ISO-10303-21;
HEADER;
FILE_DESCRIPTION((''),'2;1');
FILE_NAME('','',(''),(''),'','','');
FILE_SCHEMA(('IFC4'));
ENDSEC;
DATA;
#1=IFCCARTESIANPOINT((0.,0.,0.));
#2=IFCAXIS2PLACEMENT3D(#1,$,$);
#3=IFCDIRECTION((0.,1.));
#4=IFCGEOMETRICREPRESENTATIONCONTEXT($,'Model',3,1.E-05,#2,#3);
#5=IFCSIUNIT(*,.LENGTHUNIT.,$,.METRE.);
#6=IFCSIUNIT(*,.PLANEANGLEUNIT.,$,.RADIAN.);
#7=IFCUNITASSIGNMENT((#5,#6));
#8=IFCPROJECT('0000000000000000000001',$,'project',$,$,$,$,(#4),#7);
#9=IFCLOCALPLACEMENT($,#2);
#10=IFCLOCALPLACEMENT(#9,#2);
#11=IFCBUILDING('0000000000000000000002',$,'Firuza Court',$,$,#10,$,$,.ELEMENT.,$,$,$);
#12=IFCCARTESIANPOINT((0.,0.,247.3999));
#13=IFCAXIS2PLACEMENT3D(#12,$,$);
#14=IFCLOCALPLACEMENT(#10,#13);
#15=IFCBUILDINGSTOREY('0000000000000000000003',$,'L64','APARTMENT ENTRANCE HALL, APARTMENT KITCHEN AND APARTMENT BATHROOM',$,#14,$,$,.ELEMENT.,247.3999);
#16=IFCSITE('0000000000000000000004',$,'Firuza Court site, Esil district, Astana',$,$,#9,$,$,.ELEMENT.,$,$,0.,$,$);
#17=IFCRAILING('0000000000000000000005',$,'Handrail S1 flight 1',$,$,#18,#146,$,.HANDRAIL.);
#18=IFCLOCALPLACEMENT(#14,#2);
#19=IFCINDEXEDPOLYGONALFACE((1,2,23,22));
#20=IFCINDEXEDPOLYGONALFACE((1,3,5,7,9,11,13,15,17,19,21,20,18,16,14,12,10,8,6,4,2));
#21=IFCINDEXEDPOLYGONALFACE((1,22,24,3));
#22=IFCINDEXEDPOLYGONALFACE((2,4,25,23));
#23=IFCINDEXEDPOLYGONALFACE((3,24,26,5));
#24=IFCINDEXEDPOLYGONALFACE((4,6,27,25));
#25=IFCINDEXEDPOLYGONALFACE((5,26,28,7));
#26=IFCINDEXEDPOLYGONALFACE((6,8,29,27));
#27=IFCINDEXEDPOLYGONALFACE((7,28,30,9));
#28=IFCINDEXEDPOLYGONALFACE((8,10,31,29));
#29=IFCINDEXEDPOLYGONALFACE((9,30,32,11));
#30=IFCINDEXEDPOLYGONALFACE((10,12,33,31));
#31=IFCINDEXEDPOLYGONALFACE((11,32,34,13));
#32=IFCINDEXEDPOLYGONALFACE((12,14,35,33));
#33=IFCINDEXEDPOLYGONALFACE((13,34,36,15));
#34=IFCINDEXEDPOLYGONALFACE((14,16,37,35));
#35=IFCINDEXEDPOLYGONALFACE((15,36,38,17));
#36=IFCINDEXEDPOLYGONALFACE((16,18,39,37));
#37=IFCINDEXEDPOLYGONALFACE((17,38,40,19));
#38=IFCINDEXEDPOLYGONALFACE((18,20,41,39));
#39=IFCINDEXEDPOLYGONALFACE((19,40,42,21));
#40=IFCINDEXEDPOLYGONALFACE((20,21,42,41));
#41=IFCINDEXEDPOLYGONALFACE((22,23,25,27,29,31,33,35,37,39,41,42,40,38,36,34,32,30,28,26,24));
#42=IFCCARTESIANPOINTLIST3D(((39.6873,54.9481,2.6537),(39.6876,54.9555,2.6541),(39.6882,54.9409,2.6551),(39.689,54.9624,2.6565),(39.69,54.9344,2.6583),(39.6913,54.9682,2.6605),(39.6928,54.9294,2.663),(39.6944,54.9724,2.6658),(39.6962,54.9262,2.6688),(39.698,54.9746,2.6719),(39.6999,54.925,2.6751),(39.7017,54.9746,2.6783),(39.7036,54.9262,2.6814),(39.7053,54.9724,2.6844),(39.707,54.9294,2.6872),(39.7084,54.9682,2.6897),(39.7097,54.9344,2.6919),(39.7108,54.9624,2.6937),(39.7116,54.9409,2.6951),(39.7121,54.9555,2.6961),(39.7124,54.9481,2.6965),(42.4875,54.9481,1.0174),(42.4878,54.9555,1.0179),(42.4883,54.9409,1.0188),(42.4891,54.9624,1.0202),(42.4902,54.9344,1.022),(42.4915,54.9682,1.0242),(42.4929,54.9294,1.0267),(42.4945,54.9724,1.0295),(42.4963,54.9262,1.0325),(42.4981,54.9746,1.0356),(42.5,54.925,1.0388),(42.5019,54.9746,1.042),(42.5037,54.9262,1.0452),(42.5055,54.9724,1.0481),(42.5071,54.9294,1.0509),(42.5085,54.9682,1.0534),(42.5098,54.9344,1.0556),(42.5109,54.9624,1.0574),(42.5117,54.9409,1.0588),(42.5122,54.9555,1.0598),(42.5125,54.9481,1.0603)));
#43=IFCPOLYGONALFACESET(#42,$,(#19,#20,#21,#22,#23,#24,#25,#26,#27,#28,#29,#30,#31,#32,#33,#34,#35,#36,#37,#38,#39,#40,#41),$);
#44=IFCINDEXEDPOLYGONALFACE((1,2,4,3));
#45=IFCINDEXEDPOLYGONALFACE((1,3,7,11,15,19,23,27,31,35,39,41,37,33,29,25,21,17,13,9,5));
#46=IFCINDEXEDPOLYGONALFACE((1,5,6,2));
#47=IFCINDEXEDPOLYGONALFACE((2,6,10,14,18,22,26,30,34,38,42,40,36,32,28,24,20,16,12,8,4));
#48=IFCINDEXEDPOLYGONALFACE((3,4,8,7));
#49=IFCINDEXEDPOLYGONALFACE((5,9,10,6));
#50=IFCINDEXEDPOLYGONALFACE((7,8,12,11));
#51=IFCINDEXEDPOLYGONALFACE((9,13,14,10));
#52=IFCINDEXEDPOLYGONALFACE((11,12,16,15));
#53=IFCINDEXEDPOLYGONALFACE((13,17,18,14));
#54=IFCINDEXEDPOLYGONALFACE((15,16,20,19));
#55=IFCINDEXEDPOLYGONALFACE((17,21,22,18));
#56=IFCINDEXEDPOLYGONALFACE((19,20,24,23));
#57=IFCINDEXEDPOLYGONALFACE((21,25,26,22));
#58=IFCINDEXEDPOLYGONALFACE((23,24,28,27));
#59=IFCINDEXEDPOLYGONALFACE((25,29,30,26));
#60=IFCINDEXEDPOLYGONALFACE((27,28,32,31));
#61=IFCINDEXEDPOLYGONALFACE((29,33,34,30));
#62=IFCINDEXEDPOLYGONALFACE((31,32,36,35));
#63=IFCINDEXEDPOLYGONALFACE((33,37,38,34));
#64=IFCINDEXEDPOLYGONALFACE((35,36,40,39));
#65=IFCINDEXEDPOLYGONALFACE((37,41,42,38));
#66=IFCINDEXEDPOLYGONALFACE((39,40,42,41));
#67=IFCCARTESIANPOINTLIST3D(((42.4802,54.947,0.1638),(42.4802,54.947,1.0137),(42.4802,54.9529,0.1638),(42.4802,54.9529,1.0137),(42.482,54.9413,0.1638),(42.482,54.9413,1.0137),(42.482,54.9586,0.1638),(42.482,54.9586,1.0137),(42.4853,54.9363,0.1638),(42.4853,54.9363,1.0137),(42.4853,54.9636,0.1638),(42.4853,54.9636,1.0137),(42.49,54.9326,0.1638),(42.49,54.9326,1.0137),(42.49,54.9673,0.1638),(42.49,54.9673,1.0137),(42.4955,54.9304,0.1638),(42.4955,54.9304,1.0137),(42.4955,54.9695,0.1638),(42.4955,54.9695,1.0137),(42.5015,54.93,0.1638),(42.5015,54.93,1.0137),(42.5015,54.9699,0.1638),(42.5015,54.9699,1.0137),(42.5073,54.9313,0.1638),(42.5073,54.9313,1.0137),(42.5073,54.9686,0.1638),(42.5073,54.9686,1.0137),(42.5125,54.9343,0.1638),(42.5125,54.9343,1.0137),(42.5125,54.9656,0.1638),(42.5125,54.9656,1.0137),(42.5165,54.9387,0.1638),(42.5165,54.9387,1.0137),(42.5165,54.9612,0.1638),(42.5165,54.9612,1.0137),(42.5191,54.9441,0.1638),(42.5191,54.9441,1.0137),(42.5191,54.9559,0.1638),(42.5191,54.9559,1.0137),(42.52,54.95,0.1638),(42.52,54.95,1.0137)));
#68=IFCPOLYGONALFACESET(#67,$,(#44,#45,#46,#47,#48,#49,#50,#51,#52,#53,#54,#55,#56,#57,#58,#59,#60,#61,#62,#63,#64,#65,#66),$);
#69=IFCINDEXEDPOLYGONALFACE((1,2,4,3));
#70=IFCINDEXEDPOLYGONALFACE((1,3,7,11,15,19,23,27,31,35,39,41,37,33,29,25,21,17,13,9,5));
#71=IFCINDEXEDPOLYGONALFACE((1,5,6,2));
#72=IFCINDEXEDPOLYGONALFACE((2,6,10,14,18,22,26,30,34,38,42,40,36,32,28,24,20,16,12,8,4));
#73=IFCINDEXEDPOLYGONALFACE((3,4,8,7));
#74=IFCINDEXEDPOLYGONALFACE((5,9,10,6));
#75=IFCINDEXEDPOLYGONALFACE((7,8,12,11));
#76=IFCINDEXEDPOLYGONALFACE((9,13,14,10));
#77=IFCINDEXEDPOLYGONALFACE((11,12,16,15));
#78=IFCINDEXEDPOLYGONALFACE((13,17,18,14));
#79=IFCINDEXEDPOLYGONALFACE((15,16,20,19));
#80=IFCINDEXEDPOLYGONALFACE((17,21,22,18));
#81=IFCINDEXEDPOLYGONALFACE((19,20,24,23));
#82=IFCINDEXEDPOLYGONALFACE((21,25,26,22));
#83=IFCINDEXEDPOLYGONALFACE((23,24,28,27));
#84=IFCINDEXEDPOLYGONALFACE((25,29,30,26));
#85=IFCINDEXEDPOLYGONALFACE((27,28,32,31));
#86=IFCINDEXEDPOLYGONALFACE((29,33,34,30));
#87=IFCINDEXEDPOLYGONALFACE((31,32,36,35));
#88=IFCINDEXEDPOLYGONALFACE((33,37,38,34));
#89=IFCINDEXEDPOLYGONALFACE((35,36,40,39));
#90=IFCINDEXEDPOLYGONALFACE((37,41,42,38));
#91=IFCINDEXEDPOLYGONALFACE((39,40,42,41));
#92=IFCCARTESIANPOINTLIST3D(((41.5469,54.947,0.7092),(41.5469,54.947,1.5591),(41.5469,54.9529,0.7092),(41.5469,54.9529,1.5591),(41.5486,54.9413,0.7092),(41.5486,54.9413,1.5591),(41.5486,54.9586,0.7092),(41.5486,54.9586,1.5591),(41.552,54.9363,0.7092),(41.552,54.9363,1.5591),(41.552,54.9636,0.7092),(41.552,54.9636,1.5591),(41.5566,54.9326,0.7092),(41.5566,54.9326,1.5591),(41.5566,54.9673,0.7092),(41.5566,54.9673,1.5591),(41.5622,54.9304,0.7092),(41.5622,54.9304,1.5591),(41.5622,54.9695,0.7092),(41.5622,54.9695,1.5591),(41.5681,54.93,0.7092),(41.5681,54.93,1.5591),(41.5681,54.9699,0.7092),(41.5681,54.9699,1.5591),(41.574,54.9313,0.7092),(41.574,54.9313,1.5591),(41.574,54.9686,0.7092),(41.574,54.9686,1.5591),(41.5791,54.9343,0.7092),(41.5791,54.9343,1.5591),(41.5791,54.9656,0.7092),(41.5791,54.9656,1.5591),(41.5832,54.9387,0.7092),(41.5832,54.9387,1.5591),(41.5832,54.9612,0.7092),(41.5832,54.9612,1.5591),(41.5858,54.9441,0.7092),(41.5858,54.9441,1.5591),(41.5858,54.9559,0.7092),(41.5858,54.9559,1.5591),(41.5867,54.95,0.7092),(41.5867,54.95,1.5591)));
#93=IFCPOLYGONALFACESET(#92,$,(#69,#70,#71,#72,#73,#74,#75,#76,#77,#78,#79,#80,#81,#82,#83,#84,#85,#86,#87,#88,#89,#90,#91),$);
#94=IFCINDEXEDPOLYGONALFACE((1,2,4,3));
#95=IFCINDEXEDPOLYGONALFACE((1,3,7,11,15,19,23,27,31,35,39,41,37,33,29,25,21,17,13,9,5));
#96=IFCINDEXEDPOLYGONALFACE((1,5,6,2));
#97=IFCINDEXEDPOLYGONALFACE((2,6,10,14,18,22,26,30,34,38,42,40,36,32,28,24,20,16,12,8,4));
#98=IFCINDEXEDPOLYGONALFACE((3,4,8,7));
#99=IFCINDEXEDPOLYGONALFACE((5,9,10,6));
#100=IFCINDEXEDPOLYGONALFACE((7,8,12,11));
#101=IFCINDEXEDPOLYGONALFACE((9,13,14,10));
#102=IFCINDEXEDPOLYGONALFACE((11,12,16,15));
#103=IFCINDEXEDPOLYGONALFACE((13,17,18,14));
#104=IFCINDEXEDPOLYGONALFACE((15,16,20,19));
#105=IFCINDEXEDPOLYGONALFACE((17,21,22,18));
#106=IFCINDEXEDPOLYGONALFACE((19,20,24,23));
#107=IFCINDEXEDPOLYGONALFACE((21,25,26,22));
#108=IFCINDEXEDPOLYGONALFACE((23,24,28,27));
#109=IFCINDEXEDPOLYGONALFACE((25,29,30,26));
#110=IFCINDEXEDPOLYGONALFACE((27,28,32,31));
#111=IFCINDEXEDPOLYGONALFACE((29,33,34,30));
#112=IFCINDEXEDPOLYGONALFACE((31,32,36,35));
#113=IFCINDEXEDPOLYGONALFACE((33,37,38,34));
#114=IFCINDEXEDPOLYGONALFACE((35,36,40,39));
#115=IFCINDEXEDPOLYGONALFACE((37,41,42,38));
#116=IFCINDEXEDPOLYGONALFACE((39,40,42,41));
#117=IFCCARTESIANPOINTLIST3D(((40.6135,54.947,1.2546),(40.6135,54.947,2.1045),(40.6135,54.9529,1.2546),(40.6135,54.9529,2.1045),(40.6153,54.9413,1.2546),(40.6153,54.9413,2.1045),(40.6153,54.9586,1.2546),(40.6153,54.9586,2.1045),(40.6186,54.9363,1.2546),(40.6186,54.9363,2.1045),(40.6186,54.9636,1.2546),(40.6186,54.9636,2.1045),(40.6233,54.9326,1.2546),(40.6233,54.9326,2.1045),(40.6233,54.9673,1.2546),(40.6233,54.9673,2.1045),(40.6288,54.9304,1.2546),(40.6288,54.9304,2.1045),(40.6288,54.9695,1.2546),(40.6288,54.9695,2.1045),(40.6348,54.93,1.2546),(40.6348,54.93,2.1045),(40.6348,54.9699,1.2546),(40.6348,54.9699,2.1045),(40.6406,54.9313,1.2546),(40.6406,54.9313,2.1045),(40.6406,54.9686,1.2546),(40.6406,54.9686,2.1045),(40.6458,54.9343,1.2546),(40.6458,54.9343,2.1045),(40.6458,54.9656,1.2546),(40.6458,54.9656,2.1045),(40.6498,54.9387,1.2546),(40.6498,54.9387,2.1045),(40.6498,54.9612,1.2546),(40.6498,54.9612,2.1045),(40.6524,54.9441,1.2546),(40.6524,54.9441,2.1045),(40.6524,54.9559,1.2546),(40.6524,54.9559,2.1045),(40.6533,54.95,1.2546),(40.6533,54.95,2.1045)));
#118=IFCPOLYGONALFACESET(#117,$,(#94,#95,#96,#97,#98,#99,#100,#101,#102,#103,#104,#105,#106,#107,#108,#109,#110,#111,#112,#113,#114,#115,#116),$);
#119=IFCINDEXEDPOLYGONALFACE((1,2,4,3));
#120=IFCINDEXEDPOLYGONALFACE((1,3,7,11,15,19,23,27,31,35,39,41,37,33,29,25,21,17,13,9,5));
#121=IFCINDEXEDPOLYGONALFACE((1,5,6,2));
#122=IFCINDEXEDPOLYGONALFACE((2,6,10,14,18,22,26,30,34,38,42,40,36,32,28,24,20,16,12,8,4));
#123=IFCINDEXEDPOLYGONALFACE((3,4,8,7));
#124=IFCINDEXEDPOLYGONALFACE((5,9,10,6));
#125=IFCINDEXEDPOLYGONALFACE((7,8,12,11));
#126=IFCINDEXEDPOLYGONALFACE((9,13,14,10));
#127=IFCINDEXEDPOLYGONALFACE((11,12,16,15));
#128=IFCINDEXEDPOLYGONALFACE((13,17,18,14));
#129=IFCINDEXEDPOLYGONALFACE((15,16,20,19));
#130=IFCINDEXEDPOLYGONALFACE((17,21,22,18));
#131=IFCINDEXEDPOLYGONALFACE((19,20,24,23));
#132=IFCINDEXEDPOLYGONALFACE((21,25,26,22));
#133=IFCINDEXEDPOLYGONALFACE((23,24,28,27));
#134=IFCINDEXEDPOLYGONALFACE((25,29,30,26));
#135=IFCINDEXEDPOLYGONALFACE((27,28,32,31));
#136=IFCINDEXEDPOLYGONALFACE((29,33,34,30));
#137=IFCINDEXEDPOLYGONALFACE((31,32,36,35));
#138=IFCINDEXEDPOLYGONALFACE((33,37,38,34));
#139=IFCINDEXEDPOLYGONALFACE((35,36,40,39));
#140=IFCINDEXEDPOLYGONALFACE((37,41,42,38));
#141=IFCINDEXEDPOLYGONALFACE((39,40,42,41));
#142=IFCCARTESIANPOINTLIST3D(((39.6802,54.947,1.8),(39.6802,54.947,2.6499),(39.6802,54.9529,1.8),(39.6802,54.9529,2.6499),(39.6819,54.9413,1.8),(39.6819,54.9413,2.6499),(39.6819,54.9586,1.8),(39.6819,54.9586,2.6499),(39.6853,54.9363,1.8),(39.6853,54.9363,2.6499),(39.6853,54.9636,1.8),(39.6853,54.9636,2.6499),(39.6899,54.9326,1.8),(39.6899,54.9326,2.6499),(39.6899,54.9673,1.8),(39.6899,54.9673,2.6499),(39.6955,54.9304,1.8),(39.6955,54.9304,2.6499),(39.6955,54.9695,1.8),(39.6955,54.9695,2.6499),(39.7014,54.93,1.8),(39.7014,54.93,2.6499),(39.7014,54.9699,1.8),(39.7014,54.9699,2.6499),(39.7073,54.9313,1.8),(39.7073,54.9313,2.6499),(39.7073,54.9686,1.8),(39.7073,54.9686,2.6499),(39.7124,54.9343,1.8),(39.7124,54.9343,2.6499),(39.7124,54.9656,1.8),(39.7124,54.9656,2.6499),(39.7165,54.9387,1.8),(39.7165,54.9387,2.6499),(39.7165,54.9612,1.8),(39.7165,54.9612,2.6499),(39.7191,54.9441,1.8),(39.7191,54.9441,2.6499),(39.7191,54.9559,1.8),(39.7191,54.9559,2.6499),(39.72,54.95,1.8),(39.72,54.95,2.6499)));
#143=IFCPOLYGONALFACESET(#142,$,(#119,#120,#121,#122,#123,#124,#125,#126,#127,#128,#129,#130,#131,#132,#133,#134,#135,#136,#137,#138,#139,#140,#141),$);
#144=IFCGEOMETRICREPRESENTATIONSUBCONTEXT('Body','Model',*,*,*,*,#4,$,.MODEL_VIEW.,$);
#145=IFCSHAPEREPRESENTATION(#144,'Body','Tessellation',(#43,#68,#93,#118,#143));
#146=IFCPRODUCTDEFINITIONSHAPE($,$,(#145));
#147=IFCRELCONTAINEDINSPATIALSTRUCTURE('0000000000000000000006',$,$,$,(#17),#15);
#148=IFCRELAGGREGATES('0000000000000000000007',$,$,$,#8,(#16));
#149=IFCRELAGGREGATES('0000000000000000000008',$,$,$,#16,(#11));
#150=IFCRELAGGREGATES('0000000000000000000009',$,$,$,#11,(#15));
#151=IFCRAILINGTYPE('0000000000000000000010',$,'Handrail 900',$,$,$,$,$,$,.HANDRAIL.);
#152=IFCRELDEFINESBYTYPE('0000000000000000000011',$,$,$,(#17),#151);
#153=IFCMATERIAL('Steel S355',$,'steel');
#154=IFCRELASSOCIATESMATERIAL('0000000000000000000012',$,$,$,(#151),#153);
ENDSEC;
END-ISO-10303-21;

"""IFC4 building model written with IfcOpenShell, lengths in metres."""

from ifc_helpers import new_model, si_unit, direction, frame, origin, origin_2d, place, context, subcontext, project, spatial, circle, extrude, material, type_object, element, save


model = new_model("IFC4")

# Units and contexts
model_context = context("Model", 3, precision=1e-05, world=origin(), true_north=direction((0.0, 1.0)))
body_context = subcontext(model_context, "Body", "Model", "MODEL_VIEW")
ifc_project = project(units=[si_unit("LENGTHUNIT", "METRE"), si_unit("PLANEANGLEUNIT", "RADIAN")], contexts=[model_context])

# Site, building, storey
site_placement = place(None, origin())
site = spatial("IfcSite", under=ifc_project, at=site_placement, Name="Firuza Court site, Esil district, Astana", CompositionType="ELEMENT", RefElevation=0.0)
building_placement = place(site_placement, origin())
building = spatial("IfcBuilding", under=site, at=building_placement, Name="Firuza Court", CompositionType="ELEMENT")
storey_placement = place(building_placement, frame((0.0, 0.0, 247.3999)))
storey = spatial("IfcBuildingStorey", under=building, at=storey_placement, Name="L64", Description="APARTMENT ENTRANCE HALL, APARTMENT KITCHEN AND APARTMENT BATHROOM", CompositionType="ELEMENT", Elevation=247.3999)

# Railing
ifc_material_1 = material(Name="Steel S355", Category="steel")
railing_type_1 = type_object("IfcRailingType", Name="Handrail 900", PredefinedType="HANDRAIL", material=ifc_material_1)
railing_1_placement = place(storey_placement, frame((42.5, 54.95, 0.1638)))
element("IfcRailing", 1, at=railing_1_placement, inside=storey, type_object=railing_type_1, Name="Handrail S1 flight 1", PredefinedType="HANDRAIL", context=body_context, shape_type="SweptSolid", body=[
    extrude(circle(Radius=0.0249, at=origin_2d()), frame((0.0, 0.0, 0.875), z_axis=(-0.863394, 0.0, 0.504531), x_axis=(0.0, -1.0, 0.0)), (0.0, 0.0, 1.0), 3.2432),
    extrude(circle(Radius=0.02, at=origin_2d()), origin(), (0.0, 0.0, 1.0), 0.8499),
    extrude(circle(Radius=0.02, at=origin_2d()), frame((-0.9333, 0.0, 0.5454)), (0.0, 0.0, 1.0), 0.8499),
    extrude(circle(Radius=0.02, at=origin_2d()), frame((-1.8667, 0.0, 1.0908)), (0.0, 0.0, 1.0), 0.8499),
    extrude(circle(Radius=0.02, at=origin_2d()), frame((-2.8, 0.0, 1.6362)), (0.0, 0.0, 1.0), 0.8499),
])

save(model, "model.ifc")
